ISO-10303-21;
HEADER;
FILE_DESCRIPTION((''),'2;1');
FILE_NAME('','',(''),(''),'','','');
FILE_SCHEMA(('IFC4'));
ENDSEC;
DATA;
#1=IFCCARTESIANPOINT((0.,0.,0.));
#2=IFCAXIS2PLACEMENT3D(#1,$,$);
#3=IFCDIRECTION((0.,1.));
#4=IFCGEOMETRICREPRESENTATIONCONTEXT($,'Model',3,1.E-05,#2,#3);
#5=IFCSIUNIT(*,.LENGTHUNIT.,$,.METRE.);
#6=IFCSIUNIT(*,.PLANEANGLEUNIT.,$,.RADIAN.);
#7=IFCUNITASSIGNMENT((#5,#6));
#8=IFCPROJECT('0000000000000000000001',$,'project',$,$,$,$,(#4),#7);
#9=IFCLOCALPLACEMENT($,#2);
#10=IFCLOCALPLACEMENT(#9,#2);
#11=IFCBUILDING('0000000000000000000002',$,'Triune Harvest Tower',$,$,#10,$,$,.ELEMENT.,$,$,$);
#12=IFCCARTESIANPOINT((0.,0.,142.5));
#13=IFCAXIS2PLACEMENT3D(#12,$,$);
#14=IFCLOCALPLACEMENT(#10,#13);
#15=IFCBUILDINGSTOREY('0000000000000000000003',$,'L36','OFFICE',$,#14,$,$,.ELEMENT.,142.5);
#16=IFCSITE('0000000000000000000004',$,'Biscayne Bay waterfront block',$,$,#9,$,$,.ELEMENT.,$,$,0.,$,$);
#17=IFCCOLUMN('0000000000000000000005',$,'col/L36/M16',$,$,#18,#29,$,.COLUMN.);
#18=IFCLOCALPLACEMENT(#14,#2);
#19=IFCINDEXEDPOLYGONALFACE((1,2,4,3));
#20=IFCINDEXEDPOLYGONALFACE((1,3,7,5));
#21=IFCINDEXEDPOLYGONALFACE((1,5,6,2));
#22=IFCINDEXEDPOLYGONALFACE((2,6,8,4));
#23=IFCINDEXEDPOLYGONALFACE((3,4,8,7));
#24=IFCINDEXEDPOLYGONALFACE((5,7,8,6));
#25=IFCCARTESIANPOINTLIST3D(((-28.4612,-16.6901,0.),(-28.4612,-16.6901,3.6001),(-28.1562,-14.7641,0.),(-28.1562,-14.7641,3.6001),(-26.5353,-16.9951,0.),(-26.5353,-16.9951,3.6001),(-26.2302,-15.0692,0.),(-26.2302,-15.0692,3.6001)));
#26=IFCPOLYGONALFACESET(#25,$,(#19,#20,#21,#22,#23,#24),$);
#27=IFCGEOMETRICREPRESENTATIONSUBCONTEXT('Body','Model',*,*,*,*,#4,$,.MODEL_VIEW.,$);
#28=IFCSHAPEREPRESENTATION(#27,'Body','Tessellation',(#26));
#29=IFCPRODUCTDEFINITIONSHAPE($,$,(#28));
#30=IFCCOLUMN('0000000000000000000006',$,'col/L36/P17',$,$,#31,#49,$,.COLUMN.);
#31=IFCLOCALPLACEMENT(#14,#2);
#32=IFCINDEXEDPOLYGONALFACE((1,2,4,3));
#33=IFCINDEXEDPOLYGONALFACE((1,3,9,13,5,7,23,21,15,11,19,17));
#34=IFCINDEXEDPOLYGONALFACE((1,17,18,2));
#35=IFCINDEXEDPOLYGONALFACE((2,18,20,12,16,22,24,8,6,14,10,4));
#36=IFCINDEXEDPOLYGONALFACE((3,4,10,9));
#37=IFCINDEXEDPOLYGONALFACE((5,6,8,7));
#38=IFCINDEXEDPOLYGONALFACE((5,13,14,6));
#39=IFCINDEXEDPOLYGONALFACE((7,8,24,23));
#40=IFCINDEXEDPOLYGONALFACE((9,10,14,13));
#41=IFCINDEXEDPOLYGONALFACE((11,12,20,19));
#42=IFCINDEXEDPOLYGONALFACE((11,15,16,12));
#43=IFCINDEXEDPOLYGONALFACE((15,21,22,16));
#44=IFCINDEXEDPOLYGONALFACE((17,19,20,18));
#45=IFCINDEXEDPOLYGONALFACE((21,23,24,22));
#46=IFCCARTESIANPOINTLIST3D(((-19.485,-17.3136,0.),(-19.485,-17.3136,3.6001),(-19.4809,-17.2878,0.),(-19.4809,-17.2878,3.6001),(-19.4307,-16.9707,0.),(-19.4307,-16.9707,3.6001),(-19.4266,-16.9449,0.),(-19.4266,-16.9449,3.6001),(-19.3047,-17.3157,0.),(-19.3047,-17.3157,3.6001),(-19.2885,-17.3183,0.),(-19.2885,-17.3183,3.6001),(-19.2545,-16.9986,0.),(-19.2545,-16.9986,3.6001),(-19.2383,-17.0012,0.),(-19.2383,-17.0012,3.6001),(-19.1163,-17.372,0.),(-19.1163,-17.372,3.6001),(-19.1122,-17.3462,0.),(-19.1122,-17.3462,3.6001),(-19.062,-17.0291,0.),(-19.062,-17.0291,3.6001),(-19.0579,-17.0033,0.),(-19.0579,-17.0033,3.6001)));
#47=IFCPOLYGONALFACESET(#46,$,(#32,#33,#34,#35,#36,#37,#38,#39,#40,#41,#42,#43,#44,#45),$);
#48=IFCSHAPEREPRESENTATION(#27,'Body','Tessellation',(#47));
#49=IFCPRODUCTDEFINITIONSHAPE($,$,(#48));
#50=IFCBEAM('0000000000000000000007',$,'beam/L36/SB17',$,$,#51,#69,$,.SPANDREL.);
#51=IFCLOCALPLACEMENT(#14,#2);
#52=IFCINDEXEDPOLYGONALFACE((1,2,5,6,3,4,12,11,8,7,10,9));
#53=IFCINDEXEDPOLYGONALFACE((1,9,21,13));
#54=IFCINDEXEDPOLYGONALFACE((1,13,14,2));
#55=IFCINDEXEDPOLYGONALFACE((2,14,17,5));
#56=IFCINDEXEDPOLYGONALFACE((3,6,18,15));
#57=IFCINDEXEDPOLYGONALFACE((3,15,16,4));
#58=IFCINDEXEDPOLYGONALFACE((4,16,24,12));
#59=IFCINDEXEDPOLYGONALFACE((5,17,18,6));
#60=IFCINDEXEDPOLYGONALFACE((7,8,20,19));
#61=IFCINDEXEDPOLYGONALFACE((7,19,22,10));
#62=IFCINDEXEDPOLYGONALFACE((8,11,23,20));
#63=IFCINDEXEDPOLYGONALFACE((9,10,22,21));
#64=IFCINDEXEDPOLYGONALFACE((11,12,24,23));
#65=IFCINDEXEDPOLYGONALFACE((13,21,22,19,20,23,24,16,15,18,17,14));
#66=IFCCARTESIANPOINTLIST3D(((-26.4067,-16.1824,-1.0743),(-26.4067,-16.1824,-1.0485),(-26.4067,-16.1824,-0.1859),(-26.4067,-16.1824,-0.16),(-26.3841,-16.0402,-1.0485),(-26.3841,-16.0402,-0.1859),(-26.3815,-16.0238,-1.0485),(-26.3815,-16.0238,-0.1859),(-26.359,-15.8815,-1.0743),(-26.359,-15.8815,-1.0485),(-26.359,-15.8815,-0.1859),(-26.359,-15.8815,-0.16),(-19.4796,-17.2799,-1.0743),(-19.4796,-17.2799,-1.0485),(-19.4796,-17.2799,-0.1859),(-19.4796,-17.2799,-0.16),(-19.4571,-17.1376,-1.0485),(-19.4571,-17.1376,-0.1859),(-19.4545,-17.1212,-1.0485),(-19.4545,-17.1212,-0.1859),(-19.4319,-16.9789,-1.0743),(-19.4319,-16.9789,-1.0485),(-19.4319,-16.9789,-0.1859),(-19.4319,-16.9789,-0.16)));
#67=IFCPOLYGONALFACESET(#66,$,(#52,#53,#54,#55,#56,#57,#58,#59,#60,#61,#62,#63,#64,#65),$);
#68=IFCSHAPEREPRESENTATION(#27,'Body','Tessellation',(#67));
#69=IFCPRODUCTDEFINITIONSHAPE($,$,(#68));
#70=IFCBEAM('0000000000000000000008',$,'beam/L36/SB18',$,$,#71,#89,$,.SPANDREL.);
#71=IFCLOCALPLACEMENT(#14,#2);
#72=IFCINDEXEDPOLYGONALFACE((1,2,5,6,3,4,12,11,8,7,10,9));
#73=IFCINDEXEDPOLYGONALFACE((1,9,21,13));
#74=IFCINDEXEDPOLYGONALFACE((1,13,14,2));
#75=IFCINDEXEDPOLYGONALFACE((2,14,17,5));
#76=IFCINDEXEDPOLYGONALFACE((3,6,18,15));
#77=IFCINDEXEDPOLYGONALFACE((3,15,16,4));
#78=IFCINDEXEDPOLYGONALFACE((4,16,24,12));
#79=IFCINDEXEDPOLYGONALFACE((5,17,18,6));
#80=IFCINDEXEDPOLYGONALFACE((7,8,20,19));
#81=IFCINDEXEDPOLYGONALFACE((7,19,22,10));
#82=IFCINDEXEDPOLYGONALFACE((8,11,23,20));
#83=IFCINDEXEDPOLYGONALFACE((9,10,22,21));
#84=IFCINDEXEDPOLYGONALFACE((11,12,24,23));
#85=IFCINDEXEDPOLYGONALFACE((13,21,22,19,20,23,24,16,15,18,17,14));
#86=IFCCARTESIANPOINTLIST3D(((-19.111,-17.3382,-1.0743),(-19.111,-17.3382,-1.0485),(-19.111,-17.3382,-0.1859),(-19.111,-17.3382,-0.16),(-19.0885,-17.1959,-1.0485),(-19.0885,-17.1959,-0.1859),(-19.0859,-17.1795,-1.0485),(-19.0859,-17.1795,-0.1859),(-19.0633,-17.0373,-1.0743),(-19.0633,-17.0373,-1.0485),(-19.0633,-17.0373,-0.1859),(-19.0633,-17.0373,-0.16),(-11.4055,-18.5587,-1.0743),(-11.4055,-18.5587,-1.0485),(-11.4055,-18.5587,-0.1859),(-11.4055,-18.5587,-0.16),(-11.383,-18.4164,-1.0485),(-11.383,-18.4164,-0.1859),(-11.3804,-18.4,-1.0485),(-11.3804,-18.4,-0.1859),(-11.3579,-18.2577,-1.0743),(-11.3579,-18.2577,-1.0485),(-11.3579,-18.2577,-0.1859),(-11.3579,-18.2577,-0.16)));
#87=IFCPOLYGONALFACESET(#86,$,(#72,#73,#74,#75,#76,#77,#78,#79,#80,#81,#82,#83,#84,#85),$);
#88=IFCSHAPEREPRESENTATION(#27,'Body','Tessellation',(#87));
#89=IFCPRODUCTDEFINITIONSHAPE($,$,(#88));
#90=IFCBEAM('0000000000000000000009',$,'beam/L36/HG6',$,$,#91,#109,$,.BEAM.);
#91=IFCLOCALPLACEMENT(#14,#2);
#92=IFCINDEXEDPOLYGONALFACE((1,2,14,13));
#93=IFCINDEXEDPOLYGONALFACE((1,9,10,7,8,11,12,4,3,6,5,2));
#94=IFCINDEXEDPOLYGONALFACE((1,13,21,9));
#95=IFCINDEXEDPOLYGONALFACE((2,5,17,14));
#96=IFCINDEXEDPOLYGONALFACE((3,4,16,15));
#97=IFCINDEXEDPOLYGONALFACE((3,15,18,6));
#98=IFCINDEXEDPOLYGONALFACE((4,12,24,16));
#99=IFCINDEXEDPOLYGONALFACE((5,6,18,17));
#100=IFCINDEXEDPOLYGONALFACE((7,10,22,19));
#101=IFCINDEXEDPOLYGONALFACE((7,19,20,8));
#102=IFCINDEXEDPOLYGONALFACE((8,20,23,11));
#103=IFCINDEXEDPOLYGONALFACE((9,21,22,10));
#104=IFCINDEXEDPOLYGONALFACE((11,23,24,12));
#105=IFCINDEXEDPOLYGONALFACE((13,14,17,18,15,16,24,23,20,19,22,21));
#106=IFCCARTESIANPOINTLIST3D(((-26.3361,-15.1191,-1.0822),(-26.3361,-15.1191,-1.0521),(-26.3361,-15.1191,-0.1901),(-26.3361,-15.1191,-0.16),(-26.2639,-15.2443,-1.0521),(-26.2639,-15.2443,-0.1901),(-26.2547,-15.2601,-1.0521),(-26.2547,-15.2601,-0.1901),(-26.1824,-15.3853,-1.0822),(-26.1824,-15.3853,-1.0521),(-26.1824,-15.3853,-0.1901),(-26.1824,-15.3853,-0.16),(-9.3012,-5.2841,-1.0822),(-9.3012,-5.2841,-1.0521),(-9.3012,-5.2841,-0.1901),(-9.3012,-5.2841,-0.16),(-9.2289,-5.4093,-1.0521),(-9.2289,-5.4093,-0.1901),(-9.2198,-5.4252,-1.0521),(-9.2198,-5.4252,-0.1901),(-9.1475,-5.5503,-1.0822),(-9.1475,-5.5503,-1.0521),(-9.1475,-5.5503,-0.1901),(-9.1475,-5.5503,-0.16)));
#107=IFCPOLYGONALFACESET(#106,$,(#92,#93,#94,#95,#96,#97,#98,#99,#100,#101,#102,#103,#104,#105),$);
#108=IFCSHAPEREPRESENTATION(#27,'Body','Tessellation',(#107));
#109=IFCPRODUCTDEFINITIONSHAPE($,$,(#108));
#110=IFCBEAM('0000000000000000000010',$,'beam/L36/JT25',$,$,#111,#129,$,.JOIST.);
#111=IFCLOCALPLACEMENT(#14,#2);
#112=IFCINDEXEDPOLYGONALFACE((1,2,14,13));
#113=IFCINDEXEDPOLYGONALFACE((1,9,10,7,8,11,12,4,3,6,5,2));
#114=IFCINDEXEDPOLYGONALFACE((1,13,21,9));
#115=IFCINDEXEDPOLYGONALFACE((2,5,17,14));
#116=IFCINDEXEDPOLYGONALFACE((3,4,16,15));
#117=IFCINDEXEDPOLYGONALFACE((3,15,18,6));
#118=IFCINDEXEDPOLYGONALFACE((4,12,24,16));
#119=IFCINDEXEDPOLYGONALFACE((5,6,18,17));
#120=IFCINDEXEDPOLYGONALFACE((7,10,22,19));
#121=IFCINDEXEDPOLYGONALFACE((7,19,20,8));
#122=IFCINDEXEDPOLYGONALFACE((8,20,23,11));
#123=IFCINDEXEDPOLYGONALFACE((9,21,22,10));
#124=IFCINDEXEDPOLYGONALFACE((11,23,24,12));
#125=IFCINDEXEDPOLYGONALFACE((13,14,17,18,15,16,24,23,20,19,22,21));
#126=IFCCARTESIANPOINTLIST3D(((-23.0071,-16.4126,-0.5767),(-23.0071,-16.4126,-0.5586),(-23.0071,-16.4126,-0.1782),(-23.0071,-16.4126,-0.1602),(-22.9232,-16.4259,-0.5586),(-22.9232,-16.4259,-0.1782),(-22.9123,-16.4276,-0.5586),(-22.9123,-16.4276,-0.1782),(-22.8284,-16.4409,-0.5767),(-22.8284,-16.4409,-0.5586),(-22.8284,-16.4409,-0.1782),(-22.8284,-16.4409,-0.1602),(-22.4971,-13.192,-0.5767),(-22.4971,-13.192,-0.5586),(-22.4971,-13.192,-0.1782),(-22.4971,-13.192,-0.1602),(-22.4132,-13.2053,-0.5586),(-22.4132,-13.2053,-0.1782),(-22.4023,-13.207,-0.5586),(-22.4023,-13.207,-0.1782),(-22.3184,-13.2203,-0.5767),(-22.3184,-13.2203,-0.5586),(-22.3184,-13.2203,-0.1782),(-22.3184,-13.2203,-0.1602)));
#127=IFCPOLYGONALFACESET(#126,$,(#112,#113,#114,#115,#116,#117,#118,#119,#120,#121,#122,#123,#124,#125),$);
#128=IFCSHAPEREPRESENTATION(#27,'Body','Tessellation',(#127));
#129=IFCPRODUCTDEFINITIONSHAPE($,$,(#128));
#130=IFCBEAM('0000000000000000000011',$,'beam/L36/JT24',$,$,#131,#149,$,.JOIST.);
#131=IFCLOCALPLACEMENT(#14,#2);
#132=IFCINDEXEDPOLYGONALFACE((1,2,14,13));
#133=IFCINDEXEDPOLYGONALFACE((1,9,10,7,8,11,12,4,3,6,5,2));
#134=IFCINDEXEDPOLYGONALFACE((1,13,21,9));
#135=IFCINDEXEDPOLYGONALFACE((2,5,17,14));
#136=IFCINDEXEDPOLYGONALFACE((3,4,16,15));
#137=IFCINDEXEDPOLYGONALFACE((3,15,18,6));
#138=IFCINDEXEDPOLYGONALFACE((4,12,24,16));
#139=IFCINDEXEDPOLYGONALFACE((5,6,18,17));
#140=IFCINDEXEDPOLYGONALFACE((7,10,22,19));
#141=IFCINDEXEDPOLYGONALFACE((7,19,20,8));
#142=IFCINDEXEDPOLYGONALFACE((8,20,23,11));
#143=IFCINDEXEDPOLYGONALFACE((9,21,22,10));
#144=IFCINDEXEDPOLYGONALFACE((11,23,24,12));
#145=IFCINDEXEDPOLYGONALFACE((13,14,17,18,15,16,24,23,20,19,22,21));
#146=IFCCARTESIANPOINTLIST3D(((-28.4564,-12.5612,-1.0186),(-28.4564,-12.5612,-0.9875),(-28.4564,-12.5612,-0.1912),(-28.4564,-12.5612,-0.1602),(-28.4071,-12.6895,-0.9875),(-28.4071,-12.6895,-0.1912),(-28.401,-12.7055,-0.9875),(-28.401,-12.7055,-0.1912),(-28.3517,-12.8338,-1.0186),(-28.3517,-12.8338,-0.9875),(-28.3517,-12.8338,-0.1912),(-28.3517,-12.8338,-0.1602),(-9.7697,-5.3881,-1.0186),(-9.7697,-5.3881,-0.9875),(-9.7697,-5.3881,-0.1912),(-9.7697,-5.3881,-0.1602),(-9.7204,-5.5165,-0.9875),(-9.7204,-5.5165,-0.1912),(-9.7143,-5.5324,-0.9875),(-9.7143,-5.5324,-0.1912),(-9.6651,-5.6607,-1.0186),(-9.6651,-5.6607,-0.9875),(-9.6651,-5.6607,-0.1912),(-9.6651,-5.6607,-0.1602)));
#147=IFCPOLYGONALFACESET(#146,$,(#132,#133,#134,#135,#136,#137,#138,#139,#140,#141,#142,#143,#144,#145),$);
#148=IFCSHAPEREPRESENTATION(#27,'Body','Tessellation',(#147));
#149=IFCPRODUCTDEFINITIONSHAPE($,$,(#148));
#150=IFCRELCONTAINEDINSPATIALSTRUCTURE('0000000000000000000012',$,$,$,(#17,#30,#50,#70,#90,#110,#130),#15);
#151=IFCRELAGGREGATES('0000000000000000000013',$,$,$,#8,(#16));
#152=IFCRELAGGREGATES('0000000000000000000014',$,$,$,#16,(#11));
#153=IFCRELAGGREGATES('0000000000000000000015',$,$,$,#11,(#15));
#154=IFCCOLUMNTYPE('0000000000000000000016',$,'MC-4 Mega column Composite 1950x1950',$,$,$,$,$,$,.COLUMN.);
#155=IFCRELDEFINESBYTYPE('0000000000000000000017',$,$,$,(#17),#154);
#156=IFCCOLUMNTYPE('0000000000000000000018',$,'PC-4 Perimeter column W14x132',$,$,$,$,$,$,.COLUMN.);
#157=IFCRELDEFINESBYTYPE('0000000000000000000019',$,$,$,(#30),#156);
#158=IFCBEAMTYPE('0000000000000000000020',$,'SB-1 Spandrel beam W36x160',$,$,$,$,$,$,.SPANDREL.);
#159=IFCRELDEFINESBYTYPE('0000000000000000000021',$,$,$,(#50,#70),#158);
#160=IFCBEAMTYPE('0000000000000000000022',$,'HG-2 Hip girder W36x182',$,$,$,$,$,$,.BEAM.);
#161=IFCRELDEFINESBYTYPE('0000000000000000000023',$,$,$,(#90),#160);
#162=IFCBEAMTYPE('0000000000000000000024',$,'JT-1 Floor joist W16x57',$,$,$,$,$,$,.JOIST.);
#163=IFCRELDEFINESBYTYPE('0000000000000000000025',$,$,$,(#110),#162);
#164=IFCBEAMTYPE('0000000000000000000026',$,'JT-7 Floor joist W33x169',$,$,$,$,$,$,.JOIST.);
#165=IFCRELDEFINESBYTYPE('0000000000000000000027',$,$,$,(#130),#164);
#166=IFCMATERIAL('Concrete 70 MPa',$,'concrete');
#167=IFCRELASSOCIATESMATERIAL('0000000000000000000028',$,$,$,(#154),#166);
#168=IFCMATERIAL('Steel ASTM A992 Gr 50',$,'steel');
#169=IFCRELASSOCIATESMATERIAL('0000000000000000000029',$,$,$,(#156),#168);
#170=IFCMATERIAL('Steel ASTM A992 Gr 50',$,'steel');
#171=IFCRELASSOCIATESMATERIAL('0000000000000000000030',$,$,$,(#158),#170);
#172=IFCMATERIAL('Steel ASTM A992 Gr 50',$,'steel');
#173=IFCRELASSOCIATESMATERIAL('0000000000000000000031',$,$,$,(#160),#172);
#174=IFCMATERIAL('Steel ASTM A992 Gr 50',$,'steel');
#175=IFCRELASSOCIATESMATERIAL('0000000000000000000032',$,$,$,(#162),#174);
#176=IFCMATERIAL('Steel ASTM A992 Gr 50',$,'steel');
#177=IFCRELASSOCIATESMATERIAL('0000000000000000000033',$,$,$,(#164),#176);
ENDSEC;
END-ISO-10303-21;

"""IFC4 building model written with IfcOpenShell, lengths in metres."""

from ifc_helpers import new_model, si_unit, direction, frame, origin, origin_2d, place, context, subcontext, project, spatial, rectangle, i_section, extrude, source, transform, mapped, material, material_profile, profile_set, type_object, element, save


model = new_model("IFC4")

# Units and contexts
model_context = context("Model", 3, precision=1e-05, world=origin(), true_north=direction((0.0, 1.0)))
body_context = subcontext(model_context, "Body", "Model", "MODEL_VIEW")
ifc_project = project(units=[si_unit("LENGTHUNIT", "METRE"), si_unit("PLANEANGLEUNIT", "RADIAN")], contexts=[model_context])

# Site, building, storey
site_placement = place(None, origin())
site = spatial("IfcSite", under=ifc_project, at=site_placement, Name="Biscayne Bay waterfront block", CompositionType="ELEMENT", RefElevation=0.0)
building_placement = place(site_placement, origin())
building = spatial("IfcBuilding", under=site, at=building_placement, Name="Triune Harvest Tower", CompositionType="ELEMENT")
storey_placement = place(building_placement, frame((0.0, 0.0, 142.5)))
storey = spatial("IfcBuildingStorey", under=building, at=storey_placement, Name="L36", Description="OFFICE", CompositionType="ELEMENT", Elevation=142.5)

# Columns
ifc_material_1 = material(Name="Concrete 70 MPa", Category="concrete")
ifc_material_profile_1 = material_profile(ifc_material_1, rectangle(XDim=1.95, YDim=1.95, at=origin_2d()), Name="Composite 1950x1950")
ifc_profile_set_1 = profile_set([ifc_material_profile_1], Name="Concrete 70 MPa")
column_type_1 = type_object("IfcColumnType", Name="MC-4 Mega column Composite 1950x1950", PredefinedType="COLUMN", material=ifc_profile_set_1)
shared_shape_1 = source(origin(), body_context, "Body", "SweptSolid", [
    extrude(rectangle(XDim=1.95, YDim=1.95, at=origin_2d()), origin(), (0.0, 0.0, 1.0), 3.6001),
])
column_1_placement = place(storey_placement, frame((-27.3457, -15.8796, 0.0), z_axis=(0.0, 0.0, 1.0), x_axis=(0.987688, -0.156434, 0.0)))
element("IfcColumn", 1, at=column_1_placement, inside=storey, type_object=column_type_1, Name="col/L36/M16", PredefinedType="COLUMN", context=body_context, shape_type="MappedRepresentation", body=[
    mapped(shared_shape_1, transform((0.0, 0.0, 0.0), scale=1.0)),
])
ifc_material_2 = material(Name="Steel ASTM A992 Gr 50", Category="steel")
ifc_material_profile_2 = material_profile(ifc_material_2, i_section(OverallWidth=0.3733, OverallDepth=0.3733, WebThickness=0.0164, FlangeThickness=0.0261, at=origin_2d()), Name="W14x132")
ifc_profile_set_2 = profile_set([ifc_material_profile_2], Name="Steel ASTM A992 Gr 50")
column_type_2 = type_object("IfcColumnType", Name="PC-4 Perimeter column W14x132", PredefinedType="COLUMN", material=ifc_profile_set_2)
shared_shape_2 = source(origin(), body_context, "Body", "SweptSolid", [
    extrude(i_section(OverallWidth=0.3733, OverallDepth=0.3733, WebThickness=0.0164, FlangeThickness=0.0261, at=origin_2d()), origin(), (0.0, 0.0, 1.0), 3.6001),
])
column_2_placement = place(storey_placement, frame((-19.2715, -17.1584, 0.0), z_axis=(0.0, 0.0, 1.0), x_axis=(0.987688, -0.156434, 0.0)))
element("IfcColumn", 2, at=column_2_placement, inside=storey, type_object=column_type_2, Name="col/L36/P17", PredefinedType="COLUMN", context=body_context, shape_type="MappedRepresentation", body=[
    mapped(shared_shape_2, transform((0.0, 0.0, 0.0), scale=1.0)),
])

# Beams
ifc_material_3 = material(Name="Steel ASTM A992 Gr 50", Category="steel")
ifc_material_profile_3 = material_profile(ifc_material_3, i_section(OverallWidth=0.3047, OverallDepth=0.9143, WebThickness=0.0166, FlangeThickness=0.0259, at=origin_2d()), Name="W36x160")
ifc_profile_set_3 = profile_set([ifc_material_profile_3], Name="Steel ASTM A992 Gr 50")
beam_type_1 = type_object("IfcBeamType", Name="SB-1 Spandrel beam W36x160", PredefinedType="SPANDREL", material=ifc_profile_set_3)
shared_shape_3 = source(origin(), body_context, "Body", "SweptSolid", [
    extrude(i_section(OverallWidth=0.3047, OverallDepth=0.9143, WebThickness=0.0166, FlangeThickness=0.0259, at=origin_2d()), origin(), (0.0, 0.0, 1.0), 7.0134),
])
beam_1_placement = place(storey_placement, frame((-26.3828, -16.032, -0.6172), z_axis=(0.987682, -0.156474, 0.0), x_axis=(0.156474, 0.987682, 0.0)))
element("IfcBeam", 3, at=beam_1_placement, inside=storey, type_object=beam_type_1, Name="beam/L36/SB17", PredefinedType="SPANDREL", context=body_context, shape_type="MappedRepresentation", body=[
    mapped(shared_shape_3, transform((0.0, 0.0, 0.0), scale=1.0)),
])
shared_shape_4 = source(origin(), body_context, "Body", "SweptSolid", [
    extrude(i_section(OverallWidth=0.3047, OverallDepth=0.9143, WebThickness=0.0166, FlangeThickness=0.0259, at=origin_2d()), origin(), (0.0, 0.0, 1.0), 7.8015),
])
beam_2_placement = place(storey_placement, frame((-19.0872, -17.1877, -0.6172), z_axis=(0.987688, -0.156437, 0.0), x_axis=(0.156437, 0.987688, 0.0)))
element("IfcBeam", 4, at=beam_2_placement, inside=storey, type_object=beam_type_1, Name="beam/L36/SB18", PredefinedType="SPANDREL", context=body_context, shape_type="MappedRepresentation", body=[
    mapped(shared_shape_4, transform((0.0, 0.0, 0.0), scale=1.0)),
])
ifc_material_4 = material(Name="Steel ASTM A992 Gr 50", Category="steel")
ifc_material_profile_4 = material_profile(ifc_material_4, i_section(OverallWidth=0.3074, OverallDepth=0.9221, WebThickness=0.0183, FlangeThickness=0.03, at=origin_2d()), Name="W36x182")
ifc_profile_set_4 = profile_set([ifc_material_profile_4], Name="Steel ASTM A992 Gr 50")
beam_type_2 = type_object("IfcBeamType", Name="HG-2 Hip girder W36x182", PredefinedType="BEAM", material=ifc_profile_set_4)
shared_shape_5 = source(origin(), body_context, "Body", "SweptSolid", [
    extrude(i_section(OverallWidth=0.3074, OverallDepth=0.9221, WebThickness=0.0183, FlangeThickness=0.03, at=origin_2d()), origin(), (0.0, 0.0, 1.0), 19.6702),
])
beam_3_placement = place(storey_placement, frame((-26.2593, -15.2522, -0.6211), z_axis=(0.866029, 0.499994, 0.0), x_axis=(-0.499994, 0.866029, 0.0)))
element("IfcBeam", 5, at=beam_3_placement, inside=storey, type_object=beam_type_2, Name="beam/L36/HG6", PredefinedType="BEAM", context=body_context, shape_type="MappedRepresentation", body=[
    mapped(shared_shape_5, transform((0.0, 0.0, 0.0), scale=1.0)),
])
ifc_material_5 = material(Name="Steel ASTM A992 Gr 50", Category="steel")
ifc_material_profile_5 = material_profile(ifc_material_5, i_section(OverallWidth=0.1809, OverallDepth=0.4165, WebThickness=0.011, FlangeThickness=0.0181, at=origin_2d()), Name="W16x57")
ifc_profile_set_5 = profile_set([ifc_material_profile_5], Name="Steel ASTM A992 Gr 50")
beam_type_3 = type_object("IfcBeamType", Name="JT-1 Floor joist W16x57", PredefinedType="JOIST", material=ifc_profile_set_5)
shared_shape_6 = source(origin(), body_context, "Body", "SweptSolid", [
    extrude(i_section(OverallWidth=0.1809, OverallDepth=0.4165, WebThickness=0.011, FlangeThickness=0.0181, at=origin_2d()), origin(), (0.0, 0.0, 1.0), 3.2607),
])
beam_4_placement = place(storey_placement, frame((-22.9177, -16.4268, -0.3684), z_axis=(0.156405, 0.987693, 0.0), x_axis=(-0.987693, 0.156405, 0.0)))
element("IfcBeam", 6, at=beam_4_placement, inside=storey, type_object=beam_type_3, Name="beam/L36/JT25", PredefinedType="JOIST", context=body_context, shape_type="MappedRepresentation", body=[
    mapped(shared_shape_6, transform((0.0, 0.0, 0.0), scale=1.0)),
])
ifc_material_6 = material(Name="Steel ASTM A992 Gr 50", Category="steel")
ifc_material_profile_6 = material_profile(ifc_material_6, i_section(OverallWidth=0.292, OverallDepth=0.8584, WebThickness=0.0171, FlangeThickness=0.031, at=origin_2d()), Name="W33x169")
ifc_profile_set_6 = profile_set([ifc_material_profile_6], Name="Steel ASTM A992 Gr 50")
beam_type_4 = type_object("IfcBeamType", Name="JT-7 Floor joist W33x169", PredefinedType="JOIST", material=ifc_profile_set_6)
shared_shape_7 = source(origin(), body_context, "Body", "SweptSolid", [
    extrude(i_section(OverallWidth=0.292, OverallDepth=0.8584, WebThickness=0.0171, FlangeThickness=0.031, at=origin_2d()), origin(), (0.0, 0.0, 1.0), 20.0161),
])
beam_5_placement = place(storey_placement, frame((-28.4041, -12.6975, -0.5894), z_axis=(0.933582, 0.358364, 0.0), x_axis=(-0.358364, 0.933582, 0.0)))
element("IfcBeam", 7, at=beam_5_placement, inside=storey, type_object=beam_type_4, Name="beam/L36/JT24", PredefinedType="JOIST", context=body_context, shape_type="MappedRepresentation", body=[
    mapped(shared_shape_7, transform((0.0, 0.0, 0.0), scale=1.0)),
])

save(model, "model.ifc")
